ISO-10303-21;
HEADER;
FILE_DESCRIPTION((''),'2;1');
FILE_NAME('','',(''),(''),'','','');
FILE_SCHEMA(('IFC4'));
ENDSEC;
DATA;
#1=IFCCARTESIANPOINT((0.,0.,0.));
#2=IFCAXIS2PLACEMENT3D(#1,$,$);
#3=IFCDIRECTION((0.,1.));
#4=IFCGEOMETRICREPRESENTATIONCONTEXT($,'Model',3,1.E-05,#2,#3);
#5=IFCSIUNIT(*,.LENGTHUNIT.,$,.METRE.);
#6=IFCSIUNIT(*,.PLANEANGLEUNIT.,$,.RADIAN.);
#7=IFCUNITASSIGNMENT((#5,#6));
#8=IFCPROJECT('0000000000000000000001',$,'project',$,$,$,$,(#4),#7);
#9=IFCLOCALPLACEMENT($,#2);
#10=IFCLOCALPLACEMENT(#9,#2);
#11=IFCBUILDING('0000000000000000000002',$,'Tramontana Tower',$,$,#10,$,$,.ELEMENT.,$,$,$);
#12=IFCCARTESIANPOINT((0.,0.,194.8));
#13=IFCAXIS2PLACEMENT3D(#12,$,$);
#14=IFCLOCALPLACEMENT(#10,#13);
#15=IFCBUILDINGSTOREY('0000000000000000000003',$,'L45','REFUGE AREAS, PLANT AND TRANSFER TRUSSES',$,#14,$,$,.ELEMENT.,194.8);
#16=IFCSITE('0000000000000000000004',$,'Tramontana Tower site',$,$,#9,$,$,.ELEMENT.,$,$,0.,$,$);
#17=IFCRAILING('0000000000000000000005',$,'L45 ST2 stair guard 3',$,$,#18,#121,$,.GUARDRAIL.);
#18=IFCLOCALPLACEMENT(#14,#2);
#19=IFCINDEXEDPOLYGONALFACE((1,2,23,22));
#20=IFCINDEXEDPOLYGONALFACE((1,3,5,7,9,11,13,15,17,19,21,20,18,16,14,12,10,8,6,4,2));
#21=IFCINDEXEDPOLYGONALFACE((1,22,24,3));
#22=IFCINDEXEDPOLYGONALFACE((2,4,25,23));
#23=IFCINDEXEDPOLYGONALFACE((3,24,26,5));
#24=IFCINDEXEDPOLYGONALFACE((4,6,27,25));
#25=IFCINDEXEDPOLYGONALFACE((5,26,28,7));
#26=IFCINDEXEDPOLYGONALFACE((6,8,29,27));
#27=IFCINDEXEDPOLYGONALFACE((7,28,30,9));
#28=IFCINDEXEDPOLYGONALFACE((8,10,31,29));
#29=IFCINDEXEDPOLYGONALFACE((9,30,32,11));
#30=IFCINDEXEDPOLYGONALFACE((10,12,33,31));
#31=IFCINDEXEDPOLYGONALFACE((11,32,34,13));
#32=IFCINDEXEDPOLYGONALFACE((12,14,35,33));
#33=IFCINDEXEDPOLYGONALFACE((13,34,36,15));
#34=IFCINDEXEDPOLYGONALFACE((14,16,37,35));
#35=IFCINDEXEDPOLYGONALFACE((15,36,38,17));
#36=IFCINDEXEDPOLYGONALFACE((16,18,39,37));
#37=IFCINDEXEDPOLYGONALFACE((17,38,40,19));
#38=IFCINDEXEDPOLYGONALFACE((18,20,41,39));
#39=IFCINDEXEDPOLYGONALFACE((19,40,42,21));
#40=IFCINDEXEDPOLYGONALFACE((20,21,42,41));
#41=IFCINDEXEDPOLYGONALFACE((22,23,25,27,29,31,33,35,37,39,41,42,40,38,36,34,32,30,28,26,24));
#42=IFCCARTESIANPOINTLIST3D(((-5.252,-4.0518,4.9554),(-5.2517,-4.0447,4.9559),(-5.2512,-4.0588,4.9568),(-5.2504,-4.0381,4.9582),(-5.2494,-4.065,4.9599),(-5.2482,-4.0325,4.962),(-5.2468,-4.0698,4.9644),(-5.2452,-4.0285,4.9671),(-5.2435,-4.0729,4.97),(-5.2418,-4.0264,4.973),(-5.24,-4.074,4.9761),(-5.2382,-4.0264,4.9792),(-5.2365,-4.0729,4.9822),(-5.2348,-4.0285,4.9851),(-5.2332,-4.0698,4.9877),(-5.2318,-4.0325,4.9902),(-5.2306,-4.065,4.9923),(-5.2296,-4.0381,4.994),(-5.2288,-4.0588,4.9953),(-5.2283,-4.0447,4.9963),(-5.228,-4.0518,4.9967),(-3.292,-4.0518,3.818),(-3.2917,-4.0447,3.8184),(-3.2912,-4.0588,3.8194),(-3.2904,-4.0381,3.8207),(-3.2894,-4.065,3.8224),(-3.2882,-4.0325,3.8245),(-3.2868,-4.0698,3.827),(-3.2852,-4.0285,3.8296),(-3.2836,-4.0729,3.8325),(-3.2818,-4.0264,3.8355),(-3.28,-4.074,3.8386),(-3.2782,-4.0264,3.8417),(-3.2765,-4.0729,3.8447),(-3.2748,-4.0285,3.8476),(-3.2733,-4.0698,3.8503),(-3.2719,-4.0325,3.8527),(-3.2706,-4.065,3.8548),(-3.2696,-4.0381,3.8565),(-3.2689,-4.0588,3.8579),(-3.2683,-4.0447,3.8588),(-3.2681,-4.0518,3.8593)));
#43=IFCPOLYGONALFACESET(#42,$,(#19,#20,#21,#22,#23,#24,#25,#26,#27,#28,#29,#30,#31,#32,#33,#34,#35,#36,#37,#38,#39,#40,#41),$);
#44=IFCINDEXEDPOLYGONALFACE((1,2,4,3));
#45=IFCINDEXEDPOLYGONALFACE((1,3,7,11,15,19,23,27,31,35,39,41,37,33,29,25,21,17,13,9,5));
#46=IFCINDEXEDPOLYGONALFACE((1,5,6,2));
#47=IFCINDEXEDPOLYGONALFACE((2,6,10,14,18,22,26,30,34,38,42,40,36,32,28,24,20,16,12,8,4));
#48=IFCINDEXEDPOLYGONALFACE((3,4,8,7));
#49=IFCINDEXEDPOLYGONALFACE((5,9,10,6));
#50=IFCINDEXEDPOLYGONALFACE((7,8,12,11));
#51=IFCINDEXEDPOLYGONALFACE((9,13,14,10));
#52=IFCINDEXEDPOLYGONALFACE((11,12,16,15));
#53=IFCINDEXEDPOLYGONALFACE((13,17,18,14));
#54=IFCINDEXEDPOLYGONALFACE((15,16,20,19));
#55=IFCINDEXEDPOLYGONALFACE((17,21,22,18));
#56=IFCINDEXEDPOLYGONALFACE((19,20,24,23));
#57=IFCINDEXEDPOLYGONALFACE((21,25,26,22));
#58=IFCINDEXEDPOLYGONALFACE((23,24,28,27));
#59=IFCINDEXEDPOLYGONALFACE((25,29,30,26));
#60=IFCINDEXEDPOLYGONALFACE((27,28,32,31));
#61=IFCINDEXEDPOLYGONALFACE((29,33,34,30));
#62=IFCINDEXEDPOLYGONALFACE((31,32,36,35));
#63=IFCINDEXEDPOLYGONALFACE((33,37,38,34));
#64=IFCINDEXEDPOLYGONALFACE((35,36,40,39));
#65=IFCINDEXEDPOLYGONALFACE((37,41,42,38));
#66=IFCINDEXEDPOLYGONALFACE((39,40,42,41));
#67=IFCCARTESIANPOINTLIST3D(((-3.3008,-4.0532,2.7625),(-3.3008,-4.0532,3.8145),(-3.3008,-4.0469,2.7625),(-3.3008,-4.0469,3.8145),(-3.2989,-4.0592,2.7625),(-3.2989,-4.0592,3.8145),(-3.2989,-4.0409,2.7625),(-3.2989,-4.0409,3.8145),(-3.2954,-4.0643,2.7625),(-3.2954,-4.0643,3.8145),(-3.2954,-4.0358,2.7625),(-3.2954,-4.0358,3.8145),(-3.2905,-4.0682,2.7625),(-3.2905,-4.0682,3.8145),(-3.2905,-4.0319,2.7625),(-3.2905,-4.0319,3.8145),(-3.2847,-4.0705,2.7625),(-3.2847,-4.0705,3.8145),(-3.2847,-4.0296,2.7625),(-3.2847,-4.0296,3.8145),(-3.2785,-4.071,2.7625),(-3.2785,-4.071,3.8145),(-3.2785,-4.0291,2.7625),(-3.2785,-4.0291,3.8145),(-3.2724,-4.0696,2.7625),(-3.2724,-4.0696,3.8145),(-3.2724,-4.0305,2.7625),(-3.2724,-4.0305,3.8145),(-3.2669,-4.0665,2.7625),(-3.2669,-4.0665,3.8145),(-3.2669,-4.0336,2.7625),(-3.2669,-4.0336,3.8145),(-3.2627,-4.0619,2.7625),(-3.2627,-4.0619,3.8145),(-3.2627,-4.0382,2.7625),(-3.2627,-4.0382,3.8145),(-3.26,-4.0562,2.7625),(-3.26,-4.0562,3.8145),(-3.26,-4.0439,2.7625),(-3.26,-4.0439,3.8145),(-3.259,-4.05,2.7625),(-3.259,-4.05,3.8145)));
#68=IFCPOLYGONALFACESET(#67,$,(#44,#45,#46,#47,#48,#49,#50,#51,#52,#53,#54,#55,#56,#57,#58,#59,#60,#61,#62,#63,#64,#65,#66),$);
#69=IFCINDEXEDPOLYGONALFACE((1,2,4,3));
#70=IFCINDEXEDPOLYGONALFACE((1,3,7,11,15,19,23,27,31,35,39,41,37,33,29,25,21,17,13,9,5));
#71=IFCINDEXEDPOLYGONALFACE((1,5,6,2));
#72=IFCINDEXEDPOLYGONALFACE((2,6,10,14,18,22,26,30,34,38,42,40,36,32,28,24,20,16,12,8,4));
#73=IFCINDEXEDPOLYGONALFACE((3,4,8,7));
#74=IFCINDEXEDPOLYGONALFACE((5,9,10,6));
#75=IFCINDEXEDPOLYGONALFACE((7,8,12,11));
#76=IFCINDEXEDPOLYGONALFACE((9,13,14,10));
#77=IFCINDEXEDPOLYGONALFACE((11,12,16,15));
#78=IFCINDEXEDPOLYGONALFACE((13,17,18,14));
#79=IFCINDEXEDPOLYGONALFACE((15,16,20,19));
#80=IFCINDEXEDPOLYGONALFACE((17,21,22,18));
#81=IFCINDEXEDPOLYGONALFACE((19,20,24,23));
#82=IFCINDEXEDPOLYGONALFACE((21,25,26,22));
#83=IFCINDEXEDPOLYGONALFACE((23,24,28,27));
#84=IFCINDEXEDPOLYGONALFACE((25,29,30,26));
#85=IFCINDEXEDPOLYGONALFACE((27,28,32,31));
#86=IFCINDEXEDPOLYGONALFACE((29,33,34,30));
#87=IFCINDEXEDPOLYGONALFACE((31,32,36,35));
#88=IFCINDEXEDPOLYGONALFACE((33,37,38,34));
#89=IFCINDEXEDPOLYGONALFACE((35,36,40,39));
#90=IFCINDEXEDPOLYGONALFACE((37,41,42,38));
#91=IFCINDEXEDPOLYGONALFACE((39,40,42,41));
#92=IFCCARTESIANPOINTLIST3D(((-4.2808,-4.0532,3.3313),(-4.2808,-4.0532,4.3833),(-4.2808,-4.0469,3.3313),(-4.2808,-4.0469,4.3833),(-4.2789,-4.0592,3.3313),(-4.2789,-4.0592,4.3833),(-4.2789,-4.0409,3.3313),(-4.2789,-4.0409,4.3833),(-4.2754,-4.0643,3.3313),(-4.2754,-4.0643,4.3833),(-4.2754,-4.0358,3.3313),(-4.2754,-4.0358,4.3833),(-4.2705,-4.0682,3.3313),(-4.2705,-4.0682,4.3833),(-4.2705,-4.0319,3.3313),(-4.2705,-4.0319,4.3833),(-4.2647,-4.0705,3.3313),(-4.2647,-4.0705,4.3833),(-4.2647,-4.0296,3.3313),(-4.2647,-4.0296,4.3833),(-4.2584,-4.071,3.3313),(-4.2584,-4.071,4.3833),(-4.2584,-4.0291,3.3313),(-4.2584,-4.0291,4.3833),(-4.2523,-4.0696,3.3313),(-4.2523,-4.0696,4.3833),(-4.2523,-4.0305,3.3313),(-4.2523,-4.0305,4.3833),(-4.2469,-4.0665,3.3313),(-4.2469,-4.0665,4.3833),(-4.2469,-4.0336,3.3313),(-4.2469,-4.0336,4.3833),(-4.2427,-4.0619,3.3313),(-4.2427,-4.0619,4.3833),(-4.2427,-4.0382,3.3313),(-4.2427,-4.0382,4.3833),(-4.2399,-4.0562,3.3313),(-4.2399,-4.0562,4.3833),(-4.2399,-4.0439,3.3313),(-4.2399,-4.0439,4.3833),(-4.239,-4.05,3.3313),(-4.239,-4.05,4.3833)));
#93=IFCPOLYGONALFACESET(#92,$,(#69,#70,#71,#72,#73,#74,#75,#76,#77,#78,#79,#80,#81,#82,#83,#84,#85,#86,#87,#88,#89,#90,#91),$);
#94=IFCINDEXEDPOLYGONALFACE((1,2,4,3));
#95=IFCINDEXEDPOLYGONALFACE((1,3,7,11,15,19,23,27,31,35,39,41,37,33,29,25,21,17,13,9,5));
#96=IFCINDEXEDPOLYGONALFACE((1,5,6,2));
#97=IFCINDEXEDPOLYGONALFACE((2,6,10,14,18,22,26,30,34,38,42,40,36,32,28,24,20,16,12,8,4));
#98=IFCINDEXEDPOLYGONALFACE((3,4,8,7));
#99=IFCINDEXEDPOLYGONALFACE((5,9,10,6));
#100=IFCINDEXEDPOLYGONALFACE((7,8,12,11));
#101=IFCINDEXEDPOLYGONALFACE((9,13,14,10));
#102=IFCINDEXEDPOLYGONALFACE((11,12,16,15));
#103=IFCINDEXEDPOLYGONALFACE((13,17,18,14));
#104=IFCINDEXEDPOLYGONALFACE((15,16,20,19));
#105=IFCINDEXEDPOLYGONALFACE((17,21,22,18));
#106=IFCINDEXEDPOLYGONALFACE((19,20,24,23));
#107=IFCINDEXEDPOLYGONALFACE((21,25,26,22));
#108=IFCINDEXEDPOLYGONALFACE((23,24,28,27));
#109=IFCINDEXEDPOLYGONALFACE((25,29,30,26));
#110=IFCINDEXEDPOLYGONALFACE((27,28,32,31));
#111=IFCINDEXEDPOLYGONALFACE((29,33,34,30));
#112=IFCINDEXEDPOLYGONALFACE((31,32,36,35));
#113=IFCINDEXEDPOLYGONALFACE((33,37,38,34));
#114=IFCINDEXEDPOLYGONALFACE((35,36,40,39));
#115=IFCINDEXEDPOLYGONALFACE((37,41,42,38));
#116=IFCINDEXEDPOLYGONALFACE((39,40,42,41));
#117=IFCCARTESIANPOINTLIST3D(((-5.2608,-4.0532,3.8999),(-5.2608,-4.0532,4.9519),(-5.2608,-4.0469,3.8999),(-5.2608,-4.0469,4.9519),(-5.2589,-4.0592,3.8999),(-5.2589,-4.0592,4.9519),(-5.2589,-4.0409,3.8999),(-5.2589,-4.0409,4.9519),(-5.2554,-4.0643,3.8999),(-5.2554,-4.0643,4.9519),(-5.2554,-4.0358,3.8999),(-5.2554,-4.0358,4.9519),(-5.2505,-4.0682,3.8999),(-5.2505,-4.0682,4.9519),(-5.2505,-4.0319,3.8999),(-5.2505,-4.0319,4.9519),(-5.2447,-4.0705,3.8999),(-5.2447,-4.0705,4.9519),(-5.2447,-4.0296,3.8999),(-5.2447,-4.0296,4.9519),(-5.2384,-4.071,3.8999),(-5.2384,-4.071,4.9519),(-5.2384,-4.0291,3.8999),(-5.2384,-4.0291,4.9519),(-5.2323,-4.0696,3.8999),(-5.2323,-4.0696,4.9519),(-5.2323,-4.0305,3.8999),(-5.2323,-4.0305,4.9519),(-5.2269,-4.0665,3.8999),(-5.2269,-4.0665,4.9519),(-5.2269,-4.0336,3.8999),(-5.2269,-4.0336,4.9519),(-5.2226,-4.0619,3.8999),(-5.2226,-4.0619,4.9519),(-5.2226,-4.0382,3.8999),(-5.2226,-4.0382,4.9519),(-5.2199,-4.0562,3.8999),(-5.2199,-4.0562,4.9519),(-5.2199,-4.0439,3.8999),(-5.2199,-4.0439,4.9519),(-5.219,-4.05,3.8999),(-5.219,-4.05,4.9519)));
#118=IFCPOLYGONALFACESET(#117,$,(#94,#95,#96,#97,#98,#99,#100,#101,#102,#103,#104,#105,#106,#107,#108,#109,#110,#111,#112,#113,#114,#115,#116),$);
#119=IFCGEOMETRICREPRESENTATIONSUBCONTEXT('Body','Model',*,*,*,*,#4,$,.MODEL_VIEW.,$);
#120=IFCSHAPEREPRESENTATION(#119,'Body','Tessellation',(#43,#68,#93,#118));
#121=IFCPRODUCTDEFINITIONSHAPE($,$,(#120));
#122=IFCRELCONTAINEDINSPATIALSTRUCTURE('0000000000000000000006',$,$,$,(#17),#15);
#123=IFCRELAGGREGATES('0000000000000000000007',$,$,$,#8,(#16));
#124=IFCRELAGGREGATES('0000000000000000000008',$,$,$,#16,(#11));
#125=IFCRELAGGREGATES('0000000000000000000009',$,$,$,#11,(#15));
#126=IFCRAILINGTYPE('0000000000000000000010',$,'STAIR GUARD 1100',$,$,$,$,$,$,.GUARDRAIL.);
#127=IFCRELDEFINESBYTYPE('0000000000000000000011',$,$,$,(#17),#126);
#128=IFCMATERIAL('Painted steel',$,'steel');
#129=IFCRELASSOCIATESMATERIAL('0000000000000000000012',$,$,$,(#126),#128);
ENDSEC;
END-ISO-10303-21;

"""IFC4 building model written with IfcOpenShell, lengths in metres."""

from ifc_helpers import new_model, si_unit, direction, frame, origin, origin_2d, place, context, subcontext, project, spatial, circle, extrude, material, type_object, element, save


model = new_model("IFC4")

# Units and contexts
model_context = context("Model", 3, precision=1e-05, world=origin(), true_north=direction((0.0, 1.0)))
body_context = subcontext(model_context, "Body", "Model", "MODEL_VIEW")
ifc_project = project(units=[si_unit("LENGTHUNIT", "METRE"), si_unit("PLANEANGLEUNIT", "RADIAN")], contexts=[model_context])

# Site, building, storey
site_placement = place(None, origin())
site = spatial("IfcSite", under=ifc_project, at=site_placement, Name="Tramontana Tower site", CompositionType="ELEMENT", RefElevation=0.0)
building_placement = place(site_placement, origin())
building = spatial("IfcBuilding", under=site, at=building_placement, Name="Tramontana Tower", CompositionType="ELEMENT")
storey_placement = place(building_placement, frame((0.0, 0.0, 194.8)))
storey = spatial("IfcBuildingStorey", under=building, at=storey_placement, Name="L45", Description="REFUGE AREAS, PLANT AND TRANSFER TRUSSES", CompositionType="ELEMENT", Elevation=194.8)

# Railing
ifc_material_1 = material(Name="Painted steel", Category="steel")
railing_type_1 = type_object("IfcRailingType", Name="STAIR GUARD 1100", PredefinedType="GUARDRAIL", material=ifc_material_1)
railing_1_placement = place(storey_placement, frame((-3.28, -4.05, 2.7625)))
element("IfcRailing", 1, at=railing_1_placement, inside=storey, type_object=railing_type_1, Name="L45 ST2 stair guard 3", PredefinedType="GUARDRAIL", context=body_context, shape_type="SweptSolid", body=[
    extrude(circle(Radius=0.0239, at=origin_2d()), frame((0.0, 0.0, 1.0762), z_axis=(-0.864902, 0.0, 0.501941), x_axis=(0.0, -1.0, 0.0)), (0.0, 0.0, 1.0), 2.2661),
    extrude(circle(Radius=0.021, at=origin_2d()), origin(), (0.0, 0.0, 1.0), 1.052),
    extrude(circle(Radius=0.021, at=origin_2d()), frame((-0.98, 0.0, 0.5688)), (0.0, 0.0, 1.0), 1.052),
    extrude(circle(Radius=0.021, at=origin_2d()), frame((-1.96, 0.0, 1.1375)), (0.0, 0.0, 1.0), 1.052),
])

save(model, "model.ifc")
